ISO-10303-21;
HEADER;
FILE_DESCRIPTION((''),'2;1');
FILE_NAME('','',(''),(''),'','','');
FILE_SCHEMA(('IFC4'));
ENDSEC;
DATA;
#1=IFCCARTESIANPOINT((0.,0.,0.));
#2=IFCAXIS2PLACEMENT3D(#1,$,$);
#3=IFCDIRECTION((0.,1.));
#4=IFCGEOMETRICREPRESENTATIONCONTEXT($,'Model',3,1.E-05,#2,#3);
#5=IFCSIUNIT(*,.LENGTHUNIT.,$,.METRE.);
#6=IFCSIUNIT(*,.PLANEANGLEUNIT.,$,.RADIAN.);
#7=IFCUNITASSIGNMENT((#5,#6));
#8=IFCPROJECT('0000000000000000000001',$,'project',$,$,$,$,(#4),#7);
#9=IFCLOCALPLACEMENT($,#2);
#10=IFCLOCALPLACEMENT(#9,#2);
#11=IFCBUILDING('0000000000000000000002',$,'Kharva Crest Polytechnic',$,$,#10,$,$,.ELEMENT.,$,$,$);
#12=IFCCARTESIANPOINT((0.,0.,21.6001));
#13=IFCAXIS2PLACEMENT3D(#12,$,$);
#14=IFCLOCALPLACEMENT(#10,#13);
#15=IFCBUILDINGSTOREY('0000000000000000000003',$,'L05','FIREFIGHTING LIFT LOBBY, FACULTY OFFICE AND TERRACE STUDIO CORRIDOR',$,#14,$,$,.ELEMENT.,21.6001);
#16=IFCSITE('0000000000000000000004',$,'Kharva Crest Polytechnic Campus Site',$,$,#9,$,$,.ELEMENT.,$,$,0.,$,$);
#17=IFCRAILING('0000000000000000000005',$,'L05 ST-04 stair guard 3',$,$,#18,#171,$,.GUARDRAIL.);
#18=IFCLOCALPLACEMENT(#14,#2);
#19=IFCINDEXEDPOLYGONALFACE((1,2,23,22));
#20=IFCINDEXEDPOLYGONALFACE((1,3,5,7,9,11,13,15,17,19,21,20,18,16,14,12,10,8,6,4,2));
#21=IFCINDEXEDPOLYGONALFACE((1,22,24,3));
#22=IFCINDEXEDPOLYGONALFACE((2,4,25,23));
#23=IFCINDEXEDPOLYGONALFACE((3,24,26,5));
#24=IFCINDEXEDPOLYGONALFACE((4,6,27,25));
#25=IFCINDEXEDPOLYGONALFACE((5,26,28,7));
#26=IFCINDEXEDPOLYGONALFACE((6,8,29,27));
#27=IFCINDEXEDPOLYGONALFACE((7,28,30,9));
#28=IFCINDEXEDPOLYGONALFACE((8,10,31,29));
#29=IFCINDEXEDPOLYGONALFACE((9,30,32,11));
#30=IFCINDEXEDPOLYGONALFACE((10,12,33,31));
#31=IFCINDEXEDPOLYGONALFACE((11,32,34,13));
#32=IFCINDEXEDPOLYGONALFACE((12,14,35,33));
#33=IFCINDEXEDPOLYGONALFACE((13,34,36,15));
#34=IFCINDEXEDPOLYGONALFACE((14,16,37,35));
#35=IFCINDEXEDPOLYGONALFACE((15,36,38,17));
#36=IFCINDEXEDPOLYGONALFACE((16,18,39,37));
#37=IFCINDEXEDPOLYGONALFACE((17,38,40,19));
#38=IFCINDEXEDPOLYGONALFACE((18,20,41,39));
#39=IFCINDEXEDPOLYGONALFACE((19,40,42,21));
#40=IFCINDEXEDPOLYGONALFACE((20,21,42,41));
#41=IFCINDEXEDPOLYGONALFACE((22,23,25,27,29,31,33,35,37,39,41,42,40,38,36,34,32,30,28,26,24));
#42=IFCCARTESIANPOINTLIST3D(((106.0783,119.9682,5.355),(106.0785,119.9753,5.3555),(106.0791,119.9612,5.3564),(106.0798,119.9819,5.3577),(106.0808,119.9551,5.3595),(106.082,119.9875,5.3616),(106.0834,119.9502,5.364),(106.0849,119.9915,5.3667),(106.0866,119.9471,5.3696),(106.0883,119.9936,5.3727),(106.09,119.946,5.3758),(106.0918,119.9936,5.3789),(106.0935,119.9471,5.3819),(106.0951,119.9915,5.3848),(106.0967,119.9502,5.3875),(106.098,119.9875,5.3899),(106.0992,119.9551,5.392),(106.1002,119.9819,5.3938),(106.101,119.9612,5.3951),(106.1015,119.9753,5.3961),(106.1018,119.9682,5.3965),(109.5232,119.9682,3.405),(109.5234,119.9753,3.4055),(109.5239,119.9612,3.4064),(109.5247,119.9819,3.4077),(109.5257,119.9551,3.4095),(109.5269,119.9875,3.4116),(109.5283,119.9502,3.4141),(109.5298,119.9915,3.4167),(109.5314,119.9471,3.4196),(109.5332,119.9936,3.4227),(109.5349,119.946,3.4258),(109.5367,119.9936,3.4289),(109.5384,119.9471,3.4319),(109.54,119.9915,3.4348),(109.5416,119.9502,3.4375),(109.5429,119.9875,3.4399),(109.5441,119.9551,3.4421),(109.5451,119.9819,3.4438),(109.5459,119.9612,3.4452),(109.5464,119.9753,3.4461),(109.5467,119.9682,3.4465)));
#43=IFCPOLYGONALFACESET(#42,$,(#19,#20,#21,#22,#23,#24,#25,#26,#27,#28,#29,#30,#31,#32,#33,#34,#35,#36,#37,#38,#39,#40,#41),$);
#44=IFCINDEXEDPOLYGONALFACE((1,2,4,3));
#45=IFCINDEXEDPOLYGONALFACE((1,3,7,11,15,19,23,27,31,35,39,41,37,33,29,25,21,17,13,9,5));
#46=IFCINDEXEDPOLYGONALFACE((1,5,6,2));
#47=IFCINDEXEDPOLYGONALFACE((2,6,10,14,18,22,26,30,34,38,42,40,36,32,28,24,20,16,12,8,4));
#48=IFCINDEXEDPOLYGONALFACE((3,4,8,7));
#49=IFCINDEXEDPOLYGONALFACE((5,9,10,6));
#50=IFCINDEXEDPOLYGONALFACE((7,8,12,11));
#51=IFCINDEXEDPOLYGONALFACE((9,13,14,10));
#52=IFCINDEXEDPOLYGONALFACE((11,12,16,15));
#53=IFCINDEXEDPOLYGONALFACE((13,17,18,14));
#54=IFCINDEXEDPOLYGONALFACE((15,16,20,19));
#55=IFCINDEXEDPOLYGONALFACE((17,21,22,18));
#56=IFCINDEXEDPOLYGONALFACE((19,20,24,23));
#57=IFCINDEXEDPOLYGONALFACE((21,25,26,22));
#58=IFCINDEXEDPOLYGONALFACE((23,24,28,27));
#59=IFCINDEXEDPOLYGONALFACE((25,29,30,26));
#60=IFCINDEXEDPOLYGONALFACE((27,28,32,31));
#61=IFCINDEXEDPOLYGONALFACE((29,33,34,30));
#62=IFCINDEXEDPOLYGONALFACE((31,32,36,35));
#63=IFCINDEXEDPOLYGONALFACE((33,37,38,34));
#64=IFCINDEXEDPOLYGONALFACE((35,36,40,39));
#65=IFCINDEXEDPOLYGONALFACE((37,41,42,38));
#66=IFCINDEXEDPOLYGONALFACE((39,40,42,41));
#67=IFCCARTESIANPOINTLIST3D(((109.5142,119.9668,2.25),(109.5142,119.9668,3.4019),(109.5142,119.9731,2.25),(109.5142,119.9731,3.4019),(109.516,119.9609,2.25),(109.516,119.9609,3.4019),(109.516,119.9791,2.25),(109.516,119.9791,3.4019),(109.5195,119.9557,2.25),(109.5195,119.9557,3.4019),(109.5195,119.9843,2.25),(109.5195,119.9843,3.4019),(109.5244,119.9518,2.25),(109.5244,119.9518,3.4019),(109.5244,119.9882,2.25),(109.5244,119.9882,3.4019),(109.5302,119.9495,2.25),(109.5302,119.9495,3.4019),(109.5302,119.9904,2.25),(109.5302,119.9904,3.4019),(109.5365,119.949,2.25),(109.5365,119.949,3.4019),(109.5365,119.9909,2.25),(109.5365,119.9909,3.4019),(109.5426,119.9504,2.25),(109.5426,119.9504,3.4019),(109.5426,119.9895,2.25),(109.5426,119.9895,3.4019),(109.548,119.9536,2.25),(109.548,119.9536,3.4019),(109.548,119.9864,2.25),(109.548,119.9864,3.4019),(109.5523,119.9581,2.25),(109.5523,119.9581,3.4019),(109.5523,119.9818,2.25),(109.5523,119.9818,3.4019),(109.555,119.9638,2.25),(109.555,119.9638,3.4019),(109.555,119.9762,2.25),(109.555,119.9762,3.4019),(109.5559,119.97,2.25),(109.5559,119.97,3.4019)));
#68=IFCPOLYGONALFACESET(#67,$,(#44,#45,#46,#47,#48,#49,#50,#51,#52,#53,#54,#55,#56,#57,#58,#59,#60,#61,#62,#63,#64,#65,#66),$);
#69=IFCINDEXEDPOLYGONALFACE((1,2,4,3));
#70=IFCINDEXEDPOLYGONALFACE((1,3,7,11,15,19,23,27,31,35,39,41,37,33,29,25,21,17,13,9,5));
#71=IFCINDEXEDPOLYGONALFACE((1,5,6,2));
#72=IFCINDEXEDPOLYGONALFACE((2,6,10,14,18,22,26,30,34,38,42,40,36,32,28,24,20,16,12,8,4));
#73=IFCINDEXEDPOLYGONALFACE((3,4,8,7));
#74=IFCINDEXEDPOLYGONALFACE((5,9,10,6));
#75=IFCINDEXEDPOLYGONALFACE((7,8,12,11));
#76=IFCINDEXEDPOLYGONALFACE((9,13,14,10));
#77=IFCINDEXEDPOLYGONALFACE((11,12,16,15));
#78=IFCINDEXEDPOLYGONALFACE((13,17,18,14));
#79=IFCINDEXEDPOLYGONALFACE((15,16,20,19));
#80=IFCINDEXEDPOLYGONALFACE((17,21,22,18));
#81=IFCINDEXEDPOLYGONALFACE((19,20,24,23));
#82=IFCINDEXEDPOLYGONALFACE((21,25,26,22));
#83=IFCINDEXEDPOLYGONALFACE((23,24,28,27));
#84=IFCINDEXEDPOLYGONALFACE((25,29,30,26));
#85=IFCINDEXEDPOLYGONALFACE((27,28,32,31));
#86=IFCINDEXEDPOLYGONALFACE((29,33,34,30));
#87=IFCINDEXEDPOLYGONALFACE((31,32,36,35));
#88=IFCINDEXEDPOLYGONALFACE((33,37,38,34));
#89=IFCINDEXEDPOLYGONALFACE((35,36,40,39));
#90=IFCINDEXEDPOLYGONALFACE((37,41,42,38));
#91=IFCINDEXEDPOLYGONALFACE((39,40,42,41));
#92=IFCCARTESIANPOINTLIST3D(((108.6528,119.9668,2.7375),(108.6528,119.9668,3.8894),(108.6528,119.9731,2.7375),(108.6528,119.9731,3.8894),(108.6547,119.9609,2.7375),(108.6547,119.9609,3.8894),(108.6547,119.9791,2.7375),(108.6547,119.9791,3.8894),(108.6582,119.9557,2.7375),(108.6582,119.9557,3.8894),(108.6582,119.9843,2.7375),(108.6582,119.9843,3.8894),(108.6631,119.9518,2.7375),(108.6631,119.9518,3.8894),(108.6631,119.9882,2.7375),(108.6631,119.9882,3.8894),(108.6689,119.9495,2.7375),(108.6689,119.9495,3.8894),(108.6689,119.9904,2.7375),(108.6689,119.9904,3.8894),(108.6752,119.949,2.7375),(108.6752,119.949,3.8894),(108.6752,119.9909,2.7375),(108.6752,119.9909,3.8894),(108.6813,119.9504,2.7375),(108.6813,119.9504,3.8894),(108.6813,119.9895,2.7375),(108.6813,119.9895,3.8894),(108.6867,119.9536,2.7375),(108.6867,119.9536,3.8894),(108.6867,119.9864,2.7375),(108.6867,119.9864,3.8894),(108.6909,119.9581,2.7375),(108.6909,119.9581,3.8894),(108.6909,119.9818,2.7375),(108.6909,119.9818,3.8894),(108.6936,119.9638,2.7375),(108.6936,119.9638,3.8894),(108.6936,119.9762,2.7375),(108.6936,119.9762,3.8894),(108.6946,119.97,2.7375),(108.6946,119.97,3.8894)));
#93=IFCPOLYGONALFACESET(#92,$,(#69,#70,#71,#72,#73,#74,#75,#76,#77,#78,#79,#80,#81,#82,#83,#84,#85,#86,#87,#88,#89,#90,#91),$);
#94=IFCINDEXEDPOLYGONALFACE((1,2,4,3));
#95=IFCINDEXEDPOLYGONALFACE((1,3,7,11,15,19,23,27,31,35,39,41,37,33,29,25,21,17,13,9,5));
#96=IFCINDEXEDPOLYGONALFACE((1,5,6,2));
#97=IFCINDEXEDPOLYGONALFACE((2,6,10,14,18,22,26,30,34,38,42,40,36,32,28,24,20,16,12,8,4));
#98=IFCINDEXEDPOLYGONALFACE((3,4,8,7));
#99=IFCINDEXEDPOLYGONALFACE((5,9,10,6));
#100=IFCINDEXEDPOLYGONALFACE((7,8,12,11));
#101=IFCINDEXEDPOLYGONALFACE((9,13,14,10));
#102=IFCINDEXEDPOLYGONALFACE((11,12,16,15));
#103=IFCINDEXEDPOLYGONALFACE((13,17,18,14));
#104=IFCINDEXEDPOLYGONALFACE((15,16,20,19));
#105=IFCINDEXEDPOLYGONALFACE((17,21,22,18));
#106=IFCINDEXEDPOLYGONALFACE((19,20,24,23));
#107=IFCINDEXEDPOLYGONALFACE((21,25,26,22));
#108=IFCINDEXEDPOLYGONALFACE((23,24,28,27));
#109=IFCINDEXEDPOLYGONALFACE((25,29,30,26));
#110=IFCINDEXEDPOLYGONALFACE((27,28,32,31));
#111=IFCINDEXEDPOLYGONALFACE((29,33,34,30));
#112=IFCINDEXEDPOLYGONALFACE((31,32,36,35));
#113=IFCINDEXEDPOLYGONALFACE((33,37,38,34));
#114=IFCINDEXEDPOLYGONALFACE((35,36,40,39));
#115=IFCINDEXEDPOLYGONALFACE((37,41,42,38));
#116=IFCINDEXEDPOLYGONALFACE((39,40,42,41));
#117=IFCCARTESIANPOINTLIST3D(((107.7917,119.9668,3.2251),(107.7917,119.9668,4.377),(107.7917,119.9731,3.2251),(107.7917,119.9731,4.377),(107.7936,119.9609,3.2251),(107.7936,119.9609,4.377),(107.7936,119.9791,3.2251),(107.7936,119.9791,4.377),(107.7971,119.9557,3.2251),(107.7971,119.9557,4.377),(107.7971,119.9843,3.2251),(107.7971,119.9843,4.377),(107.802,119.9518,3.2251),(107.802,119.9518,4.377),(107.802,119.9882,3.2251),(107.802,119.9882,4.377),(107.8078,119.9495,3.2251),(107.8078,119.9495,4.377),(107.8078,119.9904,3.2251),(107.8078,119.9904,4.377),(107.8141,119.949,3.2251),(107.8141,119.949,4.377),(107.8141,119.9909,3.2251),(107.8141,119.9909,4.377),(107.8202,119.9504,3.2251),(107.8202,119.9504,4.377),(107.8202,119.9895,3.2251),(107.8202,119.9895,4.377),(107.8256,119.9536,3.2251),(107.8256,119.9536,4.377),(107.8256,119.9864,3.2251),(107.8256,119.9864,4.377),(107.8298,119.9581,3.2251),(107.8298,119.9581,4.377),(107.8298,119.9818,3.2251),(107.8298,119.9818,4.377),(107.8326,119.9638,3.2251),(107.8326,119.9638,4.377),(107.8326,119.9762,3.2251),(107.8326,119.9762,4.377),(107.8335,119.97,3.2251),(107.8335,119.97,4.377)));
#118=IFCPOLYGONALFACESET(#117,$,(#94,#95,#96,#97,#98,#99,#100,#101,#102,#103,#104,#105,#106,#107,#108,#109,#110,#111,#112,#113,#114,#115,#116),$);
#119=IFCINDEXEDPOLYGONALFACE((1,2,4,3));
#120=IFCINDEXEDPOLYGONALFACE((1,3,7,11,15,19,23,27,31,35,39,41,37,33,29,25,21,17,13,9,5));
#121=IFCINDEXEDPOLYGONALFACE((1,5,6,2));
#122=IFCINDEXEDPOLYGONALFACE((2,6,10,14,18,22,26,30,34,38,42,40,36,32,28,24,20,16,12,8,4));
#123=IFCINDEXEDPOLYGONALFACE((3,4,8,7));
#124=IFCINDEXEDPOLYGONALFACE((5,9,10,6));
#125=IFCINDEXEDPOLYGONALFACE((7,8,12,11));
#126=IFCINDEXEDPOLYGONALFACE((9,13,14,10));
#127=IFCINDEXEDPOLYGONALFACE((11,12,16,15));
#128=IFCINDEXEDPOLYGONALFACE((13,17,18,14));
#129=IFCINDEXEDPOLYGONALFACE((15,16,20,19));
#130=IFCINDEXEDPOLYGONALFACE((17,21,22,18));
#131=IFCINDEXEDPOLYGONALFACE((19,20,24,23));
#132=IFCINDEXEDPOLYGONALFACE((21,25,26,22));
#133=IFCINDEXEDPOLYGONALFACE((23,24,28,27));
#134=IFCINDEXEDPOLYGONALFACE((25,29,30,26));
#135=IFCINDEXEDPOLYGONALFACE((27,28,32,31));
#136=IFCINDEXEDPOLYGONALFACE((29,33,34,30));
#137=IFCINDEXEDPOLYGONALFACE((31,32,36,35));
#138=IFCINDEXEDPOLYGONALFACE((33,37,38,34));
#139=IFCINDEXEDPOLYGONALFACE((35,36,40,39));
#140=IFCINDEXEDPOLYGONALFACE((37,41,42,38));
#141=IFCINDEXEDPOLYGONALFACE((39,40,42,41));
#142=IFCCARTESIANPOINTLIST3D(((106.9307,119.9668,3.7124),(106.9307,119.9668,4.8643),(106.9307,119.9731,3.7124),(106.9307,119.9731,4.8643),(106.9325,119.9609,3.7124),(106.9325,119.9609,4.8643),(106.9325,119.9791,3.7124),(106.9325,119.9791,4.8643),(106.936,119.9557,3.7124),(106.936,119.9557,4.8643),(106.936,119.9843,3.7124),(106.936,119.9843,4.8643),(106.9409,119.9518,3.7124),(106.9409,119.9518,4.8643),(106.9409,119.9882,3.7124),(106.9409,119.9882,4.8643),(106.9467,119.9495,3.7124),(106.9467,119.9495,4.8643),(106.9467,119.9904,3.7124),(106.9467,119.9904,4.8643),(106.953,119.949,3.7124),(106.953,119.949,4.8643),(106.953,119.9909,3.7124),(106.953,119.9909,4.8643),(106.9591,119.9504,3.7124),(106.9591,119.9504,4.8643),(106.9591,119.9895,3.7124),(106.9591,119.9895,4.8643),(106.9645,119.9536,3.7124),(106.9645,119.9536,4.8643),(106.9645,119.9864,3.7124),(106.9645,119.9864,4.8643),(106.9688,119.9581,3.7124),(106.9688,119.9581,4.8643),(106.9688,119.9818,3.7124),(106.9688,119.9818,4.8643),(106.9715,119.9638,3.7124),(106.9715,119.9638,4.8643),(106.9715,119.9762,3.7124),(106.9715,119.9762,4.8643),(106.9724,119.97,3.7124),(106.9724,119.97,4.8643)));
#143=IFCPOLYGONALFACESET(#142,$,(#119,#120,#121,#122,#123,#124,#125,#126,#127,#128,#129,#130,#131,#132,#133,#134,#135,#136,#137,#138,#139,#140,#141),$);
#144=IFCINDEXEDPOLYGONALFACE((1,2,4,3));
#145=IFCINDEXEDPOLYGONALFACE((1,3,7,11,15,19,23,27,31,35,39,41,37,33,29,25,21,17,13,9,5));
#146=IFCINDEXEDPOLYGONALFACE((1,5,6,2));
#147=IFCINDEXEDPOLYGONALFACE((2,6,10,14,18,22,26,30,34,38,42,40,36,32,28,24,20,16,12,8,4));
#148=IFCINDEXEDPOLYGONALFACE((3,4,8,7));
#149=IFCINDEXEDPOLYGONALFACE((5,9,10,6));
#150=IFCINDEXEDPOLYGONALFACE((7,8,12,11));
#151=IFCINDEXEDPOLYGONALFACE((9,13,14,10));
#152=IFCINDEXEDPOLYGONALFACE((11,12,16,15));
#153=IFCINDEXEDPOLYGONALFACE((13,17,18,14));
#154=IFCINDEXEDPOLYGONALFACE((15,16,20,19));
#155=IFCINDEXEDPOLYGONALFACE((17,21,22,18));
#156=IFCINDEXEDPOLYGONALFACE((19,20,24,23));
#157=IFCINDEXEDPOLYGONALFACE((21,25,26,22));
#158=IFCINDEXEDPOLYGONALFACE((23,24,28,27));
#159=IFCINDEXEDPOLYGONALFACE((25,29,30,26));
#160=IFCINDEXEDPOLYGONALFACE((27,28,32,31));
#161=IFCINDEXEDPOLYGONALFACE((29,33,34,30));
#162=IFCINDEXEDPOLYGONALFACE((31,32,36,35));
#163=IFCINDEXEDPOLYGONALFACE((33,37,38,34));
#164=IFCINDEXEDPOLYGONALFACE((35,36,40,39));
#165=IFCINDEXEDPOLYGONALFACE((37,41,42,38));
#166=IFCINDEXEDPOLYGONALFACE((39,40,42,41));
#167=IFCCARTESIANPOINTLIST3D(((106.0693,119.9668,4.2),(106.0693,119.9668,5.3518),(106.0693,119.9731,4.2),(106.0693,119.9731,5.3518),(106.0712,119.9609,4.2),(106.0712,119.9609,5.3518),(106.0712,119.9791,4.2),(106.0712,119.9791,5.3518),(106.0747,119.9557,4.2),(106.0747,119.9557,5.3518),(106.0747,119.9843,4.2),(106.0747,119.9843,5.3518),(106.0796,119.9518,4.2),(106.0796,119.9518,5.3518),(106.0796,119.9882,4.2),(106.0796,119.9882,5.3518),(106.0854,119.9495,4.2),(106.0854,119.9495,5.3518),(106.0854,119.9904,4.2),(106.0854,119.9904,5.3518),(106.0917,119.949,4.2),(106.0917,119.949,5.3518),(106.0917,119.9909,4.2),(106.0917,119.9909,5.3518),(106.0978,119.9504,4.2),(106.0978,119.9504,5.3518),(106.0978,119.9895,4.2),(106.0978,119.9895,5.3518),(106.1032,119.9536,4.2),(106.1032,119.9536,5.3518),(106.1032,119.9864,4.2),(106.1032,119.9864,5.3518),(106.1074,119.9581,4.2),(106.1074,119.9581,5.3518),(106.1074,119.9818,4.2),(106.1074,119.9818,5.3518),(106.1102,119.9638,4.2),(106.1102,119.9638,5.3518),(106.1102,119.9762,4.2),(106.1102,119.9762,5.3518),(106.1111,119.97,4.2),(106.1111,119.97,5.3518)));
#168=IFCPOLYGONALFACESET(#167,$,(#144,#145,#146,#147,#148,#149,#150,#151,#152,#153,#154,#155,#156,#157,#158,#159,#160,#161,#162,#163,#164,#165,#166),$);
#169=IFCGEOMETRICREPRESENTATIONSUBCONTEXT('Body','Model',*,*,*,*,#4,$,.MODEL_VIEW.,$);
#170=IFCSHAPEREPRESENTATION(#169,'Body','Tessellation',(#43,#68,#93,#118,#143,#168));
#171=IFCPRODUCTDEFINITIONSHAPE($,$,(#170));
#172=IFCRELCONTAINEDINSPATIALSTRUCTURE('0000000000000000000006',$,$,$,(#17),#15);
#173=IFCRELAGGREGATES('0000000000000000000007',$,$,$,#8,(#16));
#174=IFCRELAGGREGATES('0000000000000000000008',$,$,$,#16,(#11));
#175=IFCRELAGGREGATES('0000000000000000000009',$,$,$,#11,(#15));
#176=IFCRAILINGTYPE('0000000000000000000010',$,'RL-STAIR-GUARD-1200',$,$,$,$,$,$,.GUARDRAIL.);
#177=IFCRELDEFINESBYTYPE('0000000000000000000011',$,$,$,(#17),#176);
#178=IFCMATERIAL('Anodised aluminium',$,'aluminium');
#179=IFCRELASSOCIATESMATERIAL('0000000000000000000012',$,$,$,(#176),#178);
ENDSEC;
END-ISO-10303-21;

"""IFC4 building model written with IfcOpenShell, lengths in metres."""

from ifc_helpers import new_model, si_unit, direction, frame, origin, origin_2d, place, context, subcontext, project, spatial, circle, extrude, material, type_object, element, save


model = new_model("IFC4")

# Units and contexts
model_context = context("Model", 3, precision=1e-05, world=origin(), true_north=direction((0.0, 1.0)))
body_context = subcontext(model_context, "Body", "Model", "MODEL_VIEW")
ifc_project = project(units=[si_unit("LENGTHUNIT", "METRE"), si_unit("PLANEANGLEUNIT", "RADIAN")], contexts=[model_context])

# Site, building, storey
site_placement = place(None, origin())
site = spatial("IfcSite", under=ifc_project, at=site_placement, Name="Kharva Crest Polytechnic Campus Site", CompositionType="ELEMENT", RefElevation=0.0)
building_placement = place(site_placement, origin())
building = spatial("IfcBuilding", under=site, at=building_placement, Name="Kharva Crest Polytechnic", CompositionType="ELEMENT")
storey_placement = place(building_placement, frame((0.0, 0.0, 21.6001)))
storey = spatial("IfcBuildingStorey", under=building, at=storey_placement, Name="L05", Description="FIREFIGHTING LIFT LOBBY, FACULTY OFFICE AND TERRACE STUDIO CORRIDOR", CompositionType="ELEMENT", Elevation=21.6001)

# Shared definitions
ifc_material_1 = material(Name="Anodised aluminium", Category="aluminium")

# Railing
railing_type_1 = type_object("IfcRailingType", Name="RL-STAIR-GUARD-1200", PredefinedType="GUARDRAIL", material=ifc_material_1)
railing_1_placement = place(storey_placement, frame((109.5349, 119.97, 2.25)))
element("IfcRailing", 1, at=railing_1_placement, inside=storey, type_object=railing_type_1, Name="L05 ST-04 stair guard 3", PredefinedType="GUARDRAIL", context=body_context, shape_type="SweptSolid", body=[
    extrude(circle(Radius=0.0239, at=origin_2d()), frame((0.0, 0.0, 1.1758), z_axis=(-0.870251, 0.0, 0.492608), x_axis=(0.0, -1.0, 0.0)), (0.0, 0.0, 1.0), 3.9585),
    extrude(circle(Radius=0.021, at=origin_2d()), origin(), (0.0, 0.0, 1.0), 1.1519),
    extrude(circle(Radius=0.021, at=origin_2d()), frame((-0.8613, 0.0, 0.4875)), (0.0, 0.0, 1.0), 1.1519),
    extrude(circle(Radius=0.021, at=origin_2d()), frame((-1.7224, 0.0, 0.9751)), (0.0, 0.0, 1.0), 1.1519),
    extrude(circle(Radius=0.021, at=origin_2d()), frame((-2.5835, 0.0, 1.4624)), (0.0, 0.0, 1.0), 1.1519),
    extrude(circle(Radius=0.021, at=origin_2d()), frame((-3.4448, 0.0, 1.95)), (0.0, 0.0, 1.0), 1.1519),
])

save(model, "model.ifc")
